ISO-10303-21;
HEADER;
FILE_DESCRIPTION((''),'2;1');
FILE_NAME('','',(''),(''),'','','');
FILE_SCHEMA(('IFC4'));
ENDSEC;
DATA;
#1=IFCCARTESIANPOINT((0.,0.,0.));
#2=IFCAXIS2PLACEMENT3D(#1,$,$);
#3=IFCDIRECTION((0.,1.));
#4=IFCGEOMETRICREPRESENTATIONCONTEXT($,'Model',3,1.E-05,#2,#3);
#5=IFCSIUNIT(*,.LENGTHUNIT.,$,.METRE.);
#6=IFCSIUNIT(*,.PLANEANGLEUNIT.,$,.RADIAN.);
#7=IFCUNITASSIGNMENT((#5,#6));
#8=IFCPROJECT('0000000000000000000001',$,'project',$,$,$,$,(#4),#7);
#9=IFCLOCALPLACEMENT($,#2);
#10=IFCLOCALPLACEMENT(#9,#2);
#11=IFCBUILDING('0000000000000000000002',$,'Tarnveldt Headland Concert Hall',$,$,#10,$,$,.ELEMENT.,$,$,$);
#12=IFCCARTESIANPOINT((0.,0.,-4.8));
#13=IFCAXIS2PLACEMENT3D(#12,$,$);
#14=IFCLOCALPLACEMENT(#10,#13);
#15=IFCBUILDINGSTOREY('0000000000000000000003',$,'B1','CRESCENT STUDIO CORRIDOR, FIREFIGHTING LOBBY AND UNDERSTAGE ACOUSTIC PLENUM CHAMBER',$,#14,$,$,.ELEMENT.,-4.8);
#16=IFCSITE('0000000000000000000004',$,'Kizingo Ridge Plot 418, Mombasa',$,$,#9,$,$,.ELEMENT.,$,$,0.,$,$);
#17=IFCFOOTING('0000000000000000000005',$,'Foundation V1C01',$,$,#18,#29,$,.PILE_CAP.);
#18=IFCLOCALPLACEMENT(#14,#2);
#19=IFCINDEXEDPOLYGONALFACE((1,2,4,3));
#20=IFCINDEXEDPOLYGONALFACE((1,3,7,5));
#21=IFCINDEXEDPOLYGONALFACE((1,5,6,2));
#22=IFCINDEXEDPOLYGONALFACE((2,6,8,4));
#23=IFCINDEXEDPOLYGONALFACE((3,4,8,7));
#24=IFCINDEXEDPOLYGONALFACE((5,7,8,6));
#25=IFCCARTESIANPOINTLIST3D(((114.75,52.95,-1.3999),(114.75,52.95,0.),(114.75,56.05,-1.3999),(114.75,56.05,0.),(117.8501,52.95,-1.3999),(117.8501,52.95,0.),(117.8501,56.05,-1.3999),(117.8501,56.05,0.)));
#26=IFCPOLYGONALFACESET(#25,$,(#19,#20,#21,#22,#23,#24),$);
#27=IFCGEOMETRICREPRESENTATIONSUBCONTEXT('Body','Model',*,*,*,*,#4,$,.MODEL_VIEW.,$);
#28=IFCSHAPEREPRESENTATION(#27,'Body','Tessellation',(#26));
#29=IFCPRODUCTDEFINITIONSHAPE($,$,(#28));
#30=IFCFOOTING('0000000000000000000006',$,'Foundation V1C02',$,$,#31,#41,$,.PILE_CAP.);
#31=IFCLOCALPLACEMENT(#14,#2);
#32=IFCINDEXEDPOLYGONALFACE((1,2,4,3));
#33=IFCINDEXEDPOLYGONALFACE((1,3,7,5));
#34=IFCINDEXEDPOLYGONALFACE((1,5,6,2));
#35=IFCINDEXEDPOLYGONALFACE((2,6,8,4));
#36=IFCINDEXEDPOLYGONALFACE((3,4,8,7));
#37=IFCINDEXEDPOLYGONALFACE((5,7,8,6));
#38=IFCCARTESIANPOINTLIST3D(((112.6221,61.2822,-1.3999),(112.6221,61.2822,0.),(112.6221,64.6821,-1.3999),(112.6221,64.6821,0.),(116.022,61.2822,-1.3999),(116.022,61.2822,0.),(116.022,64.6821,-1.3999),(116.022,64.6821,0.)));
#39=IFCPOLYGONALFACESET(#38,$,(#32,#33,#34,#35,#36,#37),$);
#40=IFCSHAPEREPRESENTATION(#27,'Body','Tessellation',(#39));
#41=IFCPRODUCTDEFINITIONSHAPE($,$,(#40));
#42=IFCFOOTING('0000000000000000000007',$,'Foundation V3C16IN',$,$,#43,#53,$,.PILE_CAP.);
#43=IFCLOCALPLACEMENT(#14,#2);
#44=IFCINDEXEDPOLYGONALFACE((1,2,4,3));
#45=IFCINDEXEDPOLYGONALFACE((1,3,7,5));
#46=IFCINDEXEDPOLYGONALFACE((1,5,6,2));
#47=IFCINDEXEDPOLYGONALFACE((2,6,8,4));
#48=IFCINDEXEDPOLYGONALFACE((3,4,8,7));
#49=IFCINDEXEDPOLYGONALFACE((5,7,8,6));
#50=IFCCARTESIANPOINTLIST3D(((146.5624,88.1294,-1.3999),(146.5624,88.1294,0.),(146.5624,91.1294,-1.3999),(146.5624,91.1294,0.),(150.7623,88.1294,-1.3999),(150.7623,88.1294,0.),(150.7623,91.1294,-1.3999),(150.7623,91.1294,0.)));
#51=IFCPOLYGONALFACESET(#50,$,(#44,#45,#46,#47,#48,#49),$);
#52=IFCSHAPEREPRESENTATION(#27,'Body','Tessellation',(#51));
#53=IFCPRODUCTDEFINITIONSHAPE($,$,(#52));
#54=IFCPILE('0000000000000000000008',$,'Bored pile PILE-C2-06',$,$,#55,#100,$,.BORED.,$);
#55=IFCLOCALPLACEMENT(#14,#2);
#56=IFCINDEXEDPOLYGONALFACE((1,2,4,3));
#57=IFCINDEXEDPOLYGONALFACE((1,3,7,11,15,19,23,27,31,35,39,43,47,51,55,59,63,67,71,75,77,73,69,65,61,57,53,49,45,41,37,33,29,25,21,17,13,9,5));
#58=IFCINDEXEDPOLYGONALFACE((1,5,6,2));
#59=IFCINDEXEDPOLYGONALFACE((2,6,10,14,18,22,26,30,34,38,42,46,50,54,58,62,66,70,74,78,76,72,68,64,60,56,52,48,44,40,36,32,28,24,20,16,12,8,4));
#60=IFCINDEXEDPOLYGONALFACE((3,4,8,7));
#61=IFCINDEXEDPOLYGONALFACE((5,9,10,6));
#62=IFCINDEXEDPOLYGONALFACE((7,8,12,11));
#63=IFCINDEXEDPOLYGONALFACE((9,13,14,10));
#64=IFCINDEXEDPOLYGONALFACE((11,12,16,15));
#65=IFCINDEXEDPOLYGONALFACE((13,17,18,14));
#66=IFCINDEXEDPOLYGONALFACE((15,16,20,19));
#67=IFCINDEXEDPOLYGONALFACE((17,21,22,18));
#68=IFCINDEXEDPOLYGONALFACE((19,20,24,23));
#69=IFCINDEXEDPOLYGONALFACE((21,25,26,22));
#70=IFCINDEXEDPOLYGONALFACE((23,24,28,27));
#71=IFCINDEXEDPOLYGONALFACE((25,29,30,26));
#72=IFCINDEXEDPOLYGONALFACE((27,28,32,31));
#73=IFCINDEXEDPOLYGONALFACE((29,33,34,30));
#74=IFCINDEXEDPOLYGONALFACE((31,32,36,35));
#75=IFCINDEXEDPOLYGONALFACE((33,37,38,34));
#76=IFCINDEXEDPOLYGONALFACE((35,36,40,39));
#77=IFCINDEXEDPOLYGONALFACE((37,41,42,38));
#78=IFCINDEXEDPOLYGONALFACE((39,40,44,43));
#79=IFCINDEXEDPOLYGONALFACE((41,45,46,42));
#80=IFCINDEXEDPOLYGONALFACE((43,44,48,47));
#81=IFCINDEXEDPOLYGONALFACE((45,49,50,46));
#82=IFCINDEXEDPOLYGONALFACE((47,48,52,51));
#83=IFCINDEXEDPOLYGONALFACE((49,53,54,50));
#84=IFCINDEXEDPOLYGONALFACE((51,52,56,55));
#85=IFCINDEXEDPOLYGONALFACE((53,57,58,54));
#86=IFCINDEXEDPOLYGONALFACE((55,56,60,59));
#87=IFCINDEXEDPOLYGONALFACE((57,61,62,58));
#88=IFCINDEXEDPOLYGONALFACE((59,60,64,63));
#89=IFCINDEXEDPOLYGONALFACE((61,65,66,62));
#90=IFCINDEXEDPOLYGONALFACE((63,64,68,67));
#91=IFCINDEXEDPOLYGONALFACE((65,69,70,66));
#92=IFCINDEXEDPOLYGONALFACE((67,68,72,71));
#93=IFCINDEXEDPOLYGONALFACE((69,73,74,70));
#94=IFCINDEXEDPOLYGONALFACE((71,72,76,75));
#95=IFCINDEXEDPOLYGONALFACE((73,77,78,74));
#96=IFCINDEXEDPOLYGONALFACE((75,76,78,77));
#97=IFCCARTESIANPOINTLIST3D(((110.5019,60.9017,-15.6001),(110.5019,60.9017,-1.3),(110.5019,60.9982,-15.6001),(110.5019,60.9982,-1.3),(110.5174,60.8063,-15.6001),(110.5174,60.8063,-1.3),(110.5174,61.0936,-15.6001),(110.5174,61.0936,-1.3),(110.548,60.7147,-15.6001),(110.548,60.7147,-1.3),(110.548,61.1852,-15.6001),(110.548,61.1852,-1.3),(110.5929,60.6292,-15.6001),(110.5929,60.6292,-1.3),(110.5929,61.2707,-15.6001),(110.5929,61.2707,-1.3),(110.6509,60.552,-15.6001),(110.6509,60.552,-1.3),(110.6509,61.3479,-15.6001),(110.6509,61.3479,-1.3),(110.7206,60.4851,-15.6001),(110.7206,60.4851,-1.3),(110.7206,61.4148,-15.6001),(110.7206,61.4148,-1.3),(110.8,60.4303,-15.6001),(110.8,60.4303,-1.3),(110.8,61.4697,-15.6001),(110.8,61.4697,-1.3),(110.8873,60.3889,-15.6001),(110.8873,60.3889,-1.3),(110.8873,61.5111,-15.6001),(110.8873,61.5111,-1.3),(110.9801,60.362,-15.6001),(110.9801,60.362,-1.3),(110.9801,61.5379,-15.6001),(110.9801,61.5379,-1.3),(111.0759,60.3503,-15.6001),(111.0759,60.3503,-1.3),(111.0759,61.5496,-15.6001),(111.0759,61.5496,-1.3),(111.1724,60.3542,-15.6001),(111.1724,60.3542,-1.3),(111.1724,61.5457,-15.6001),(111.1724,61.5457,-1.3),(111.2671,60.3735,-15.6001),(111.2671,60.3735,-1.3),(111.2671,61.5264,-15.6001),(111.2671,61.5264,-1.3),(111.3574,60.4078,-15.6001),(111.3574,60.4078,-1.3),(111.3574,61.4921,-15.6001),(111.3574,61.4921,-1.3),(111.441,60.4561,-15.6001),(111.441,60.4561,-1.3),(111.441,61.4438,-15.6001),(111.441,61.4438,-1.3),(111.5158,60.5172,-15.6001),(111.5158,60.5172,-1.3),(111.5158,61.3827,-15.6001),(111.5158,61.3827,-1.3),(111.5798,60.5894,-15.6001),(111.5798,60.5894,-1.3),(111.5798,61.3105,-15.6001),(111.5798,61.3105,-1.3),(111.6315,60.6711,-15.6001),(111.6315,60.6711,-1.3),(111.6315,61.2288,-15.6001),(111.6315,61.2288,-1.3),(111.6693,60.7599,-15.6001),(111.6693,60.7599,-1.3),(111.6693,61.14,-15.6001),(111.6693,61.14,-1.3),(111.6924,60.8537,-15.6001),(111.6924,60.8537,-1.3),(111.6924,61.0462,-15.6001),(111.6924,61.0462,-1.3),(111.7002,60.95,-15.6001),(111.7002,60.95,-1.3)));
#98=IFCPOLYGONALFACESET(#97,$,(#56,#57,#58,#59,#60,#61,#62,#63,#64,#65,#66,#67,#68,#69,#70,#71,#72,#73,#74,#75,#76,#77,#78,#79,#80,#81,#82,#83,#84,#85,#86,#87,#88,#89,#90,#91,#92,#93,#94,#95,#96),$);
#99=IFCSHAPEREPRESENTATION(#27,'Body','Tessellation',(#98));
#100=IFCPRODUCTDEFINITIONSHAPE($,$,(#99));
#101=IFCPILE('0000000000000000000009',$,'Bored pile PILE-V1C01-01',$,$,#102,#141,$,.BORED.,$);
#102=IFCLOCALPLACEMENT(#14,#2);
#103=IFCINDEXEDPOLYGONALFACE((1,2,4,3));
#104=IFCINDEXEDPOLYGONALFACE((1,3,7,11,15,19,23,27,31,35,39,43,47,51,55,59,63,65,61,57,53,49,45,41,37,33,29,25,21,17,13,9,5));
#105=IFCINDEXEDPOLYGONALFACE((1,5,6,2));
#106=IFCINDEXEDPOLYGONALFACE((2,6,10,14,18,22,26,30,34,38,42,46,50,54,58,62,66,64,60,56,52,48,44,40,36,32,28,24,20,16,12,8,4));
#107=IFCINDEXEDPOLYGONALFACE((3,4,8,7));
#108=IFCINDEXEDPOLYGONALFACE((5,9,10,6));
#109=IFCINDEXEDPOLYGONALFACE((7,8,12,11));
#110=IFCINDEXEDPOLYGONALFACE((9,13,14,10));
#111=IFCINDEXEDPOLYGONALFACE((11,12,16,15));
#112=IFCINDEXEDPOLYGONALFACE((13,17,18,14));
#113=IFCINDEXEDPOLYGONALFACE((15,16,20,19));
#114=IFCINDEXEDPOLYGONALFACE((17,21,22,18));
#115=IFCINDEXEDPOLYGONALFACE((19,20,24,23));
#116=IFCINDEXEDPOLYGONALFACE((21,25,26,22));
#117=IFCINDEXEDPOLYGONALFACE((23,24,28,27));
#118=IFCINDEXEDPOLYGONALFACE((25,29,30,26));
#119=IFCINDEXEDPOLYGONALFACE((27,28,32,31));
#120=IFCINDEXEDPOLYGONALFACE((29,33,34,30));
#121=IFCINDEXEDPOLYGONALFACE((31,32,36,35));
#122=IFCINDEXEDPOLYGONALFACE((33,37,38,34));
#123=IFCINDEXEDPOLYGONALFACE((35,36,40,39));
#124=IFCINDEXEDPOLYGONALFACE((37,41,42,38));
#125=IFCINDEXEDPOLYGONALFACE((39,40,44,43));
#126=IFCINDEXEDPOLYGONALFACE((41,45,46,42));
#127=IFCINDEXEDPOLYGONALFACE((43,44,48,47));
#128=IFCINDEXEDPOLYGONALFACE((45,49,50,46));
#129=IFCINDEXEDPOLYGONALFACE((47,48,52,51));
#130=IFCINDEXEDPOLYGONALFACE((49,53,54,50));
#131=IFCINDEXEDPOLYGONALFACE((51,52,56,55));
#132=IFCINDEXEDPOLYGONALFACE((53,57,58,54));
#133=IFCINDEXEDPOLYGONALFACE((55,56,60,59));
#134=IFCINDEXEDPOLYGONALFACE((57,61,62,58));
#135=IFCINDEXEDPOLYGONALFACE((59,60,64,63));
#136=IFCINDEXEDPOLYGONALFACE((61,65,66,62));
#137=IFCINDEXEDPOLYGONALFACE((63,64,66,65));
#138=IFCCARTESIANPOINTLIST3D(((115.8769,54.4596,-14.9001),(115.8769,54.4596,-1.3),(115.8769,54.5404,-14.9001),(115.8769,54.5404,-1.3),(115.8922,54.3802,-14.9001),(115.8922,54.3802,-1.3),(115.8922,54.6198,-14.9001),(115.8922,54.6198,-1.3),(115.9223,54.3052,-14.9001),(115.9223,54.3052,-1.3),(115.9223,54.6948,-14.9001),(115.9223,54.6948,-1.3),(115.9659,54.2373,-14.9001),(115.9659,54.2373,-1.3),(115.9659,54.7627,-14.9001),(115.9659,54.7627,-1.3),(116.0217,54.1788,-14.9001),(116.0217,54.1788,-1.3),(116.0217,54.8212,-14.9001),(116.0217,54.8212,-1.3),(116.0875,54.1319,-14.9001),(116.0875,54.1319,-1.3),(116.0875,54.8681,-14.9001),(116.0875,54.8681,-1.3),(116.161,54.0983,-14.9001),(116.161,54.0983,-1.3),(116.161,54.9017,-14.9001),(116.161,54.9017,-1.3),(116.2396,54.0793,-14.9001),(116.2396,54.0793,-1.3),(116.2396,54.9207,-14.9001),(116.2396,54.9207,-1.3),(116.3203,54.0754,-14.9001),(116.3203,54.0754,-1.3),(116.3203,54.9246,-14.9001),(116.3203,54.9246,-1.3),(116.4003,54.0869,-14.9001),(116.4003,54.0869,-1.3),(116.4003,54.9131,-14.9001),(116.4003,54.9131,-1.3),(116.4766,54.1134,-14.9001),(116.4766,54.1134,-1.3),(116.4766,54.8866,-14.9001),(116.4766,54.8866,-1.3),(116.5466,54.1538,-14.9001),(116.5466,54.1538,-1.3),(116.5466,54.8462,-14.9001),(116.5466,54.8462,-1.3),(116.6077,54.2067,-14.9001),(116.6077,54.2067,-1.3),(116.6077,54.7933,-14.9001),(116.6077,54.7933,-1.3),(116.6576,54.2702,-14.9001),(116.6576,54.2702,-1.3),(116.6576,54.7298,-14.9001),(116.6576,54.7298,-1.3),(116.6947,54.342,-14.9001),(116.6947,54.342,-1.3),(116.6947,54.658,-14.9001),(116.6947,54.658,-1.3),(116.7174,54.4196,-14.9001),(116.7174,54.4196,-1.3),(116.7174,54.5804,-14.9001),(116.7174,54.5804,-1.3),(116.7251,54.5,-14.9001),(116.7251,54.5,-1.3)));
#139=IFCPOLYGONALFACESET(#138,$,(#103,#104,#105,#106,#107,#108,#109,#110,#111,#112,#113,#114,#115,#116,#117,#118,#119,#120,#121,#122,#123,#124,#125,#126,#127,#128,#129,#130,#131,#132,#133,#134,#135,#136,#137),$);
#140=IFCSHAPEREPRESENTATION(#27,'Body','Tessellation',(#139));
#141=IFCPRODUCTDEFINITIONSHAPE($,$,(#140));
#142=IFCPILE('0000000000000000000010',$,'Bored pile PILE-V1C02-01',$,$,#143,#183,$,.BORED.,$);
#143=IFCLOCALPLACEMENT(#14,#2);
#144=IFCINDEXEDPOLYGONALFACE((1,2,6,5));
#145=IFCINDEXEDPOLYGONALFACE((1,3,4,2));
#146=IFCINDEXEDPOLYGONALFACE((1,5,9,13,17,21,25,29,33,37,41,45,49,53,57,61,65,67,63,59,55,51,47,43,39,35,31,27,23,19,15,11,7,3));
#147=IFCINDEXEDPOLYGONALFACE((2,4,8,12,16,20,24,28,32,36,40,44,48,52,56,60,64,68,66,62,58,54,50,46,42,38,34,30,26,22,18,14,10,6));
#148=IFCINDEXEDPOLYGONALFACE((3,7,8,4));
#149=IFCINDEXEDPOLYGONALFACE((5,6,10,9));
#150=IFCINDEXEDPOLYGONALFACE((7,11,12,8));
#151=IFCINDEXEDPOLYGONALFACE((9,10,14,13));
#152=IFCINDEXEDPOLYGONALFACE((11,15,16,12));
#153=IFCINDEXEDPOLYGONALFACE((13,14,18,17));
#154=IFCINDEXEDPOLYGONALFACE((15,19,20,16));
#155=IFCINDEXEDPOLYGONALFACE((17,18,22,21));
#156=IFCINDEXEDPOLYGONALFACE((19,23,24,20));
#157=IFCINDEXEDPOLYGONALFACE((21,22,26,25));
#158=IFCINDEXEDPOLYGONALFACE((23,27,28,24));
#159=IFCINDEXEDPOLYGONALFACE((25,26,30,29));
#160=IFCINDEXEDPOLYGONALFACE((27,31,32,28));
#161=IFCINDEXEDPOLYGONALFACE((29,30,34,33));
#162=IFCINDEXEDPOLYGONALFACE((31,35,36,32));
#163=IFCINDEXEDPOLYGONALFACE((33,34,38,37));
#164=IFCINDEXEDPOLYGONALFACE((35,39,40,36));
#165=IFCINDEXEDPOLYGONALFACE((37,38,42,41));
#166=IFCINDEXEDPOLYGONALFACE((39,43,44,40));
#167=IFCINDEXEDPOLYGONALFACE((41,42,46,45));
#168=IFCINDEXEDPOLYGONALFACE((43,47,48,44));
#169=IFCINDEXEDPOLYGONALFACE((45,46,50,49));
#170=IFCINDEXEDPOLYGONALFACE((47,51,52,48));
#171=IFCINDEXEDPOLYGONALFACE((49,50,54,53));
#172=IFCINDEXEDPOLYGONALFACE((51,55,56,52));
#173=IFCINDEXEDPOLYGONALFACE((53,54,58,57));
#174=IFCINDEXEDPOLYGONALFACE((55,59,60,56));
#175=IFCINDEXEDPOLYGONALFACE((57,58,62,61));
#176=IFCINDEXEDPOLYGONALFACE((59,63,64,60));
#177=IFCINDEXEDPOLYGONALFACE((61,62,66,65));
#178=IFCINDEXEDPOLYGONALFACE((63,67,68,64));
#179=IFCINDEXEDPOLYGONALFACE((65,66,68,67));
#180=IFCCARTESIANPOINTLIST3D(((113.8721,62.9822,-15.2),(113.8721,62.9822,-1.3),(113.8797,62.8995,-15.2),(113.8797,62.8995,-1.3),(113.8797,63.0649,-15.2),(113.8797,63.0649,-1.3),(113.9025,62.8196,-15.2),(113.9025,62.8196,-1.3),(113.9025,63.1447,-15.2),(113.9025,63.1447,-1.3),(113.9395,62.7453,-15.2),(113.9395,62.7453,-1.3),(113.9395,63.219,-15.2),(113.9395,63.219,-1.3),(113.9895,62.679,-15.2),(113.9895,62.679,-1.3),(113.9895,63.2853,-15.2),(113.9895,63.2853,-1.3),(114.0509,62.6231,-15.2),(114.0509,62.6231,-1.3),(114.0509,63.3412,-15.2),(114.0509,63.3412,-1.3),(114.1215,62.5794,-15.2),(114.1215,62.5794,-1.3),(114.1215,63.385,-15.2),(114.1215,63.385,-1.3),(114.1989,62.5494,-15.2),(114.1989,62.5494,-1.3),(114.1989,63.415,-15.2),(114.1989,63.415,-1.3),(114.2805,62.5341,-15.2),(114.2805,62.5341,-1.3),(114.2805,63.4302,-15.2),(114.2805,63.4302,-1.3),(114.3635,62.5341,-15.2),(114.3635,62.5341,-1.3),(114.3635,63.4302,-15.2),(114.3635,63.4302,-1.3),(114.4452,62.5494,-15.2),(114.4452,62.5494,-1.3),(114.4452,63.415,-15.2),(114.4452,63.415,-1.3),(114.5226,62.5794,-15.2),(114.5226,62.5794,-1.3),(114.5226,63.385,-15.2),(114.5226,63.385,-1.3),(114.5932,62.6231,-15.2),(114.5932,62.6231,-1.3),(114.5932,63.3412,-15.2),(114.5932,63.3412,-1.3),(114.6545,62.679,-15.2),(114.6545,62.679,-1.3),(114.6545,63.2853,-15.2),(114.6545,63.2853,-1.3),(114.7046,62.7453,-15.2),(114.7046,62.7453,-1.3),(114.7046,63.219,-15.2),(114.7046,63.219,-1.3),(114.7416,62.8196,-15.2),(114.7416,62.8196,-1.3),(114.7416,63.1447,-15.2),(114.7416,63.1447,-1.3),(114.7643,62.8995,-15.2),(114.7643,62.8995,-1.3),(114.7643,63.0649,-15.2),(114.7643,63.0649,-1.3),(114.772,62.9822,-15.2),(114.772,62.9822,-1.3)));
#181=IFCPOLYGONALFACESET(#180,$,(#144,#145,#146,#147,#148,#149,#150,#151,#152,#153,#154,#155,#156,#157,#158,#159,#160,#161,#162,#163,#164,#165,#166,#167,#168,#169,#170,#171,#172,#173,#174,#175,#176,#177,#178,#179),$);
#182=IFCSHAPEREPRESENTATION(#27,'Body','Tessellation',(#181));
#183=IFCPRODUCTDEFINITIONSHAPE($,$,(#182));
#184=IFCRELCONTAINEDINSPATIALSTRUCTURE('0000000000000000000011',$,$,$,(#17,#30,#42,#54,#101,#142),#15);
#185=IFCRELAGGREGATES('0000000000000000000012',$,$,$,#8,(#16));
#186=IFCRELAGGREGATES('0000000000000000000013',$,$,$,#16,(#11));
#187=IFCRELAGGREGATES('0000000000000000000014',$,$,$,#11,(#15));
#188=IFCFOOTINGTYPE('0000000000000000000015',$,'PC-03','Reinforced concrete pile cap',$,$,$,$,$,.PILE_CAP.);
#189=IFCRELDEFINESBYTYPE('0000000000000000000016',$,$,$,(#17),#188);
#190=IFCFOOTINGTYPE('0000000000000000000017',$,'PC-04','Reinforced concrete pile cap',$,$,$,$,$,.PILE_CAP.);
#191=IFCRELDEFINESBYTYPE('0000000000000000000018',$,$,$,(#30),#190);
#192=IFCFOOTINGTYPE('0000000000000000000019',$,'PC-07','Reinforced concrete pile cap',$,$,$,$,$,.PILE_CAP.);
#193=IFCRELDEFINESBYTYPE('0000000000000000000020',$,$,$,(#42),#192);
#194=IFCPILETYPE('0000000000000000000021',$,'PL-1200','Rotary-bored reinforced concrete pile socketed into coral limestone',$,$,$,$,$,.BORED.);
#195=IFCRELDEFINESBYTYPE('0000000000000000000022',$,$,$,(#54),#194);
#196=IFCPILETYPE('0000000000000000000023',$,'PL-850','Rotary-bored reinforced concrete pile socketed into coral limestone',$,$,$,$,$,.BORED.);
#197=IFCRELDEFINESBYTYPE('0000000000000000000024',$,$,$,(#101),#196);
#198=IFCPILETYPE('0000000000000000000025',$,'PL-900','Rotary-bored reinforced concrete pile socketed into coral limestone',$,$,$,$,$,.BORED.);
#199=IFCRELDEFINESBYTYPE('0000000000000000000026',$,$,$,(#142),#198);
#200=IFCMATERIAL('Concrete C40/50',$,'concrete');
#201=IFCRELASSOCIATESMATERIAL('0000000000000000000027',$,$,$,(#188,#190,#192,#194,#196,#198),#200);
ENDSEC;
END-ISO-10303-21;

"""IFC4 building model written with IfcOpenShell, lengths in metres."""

from ifc_helpers import new_model, si_unit, direction, frame, origin, origin_2d, place, context, subcontext, project, spatial, rectangle, circle, extrude, material, material_profile, profile_set, type_object, element, save


model = new_model("IFC4")

# Units and contexts
model_context = context("Model", 3, precision=1e-05, world=origin(), true_north=direction((0.0, 1.0)))
body_context = subcontext(model_context, "Body", "Model", "MODEL_VIEW")
ifc_project = project(units=[si_unit("LENGTHUNIT", "METRE"), si_unit("PLANEANGLEUNIT", "RADIAN")], contexts=[model_context])

# Site, building, storey
site_placement = place(None, origin())
site = spatial("IfcSite", under=ifc_project, at=site_placement, Name="Kizingo Ridge Plot 418, Mombasa", CompositionType="ELEMENT", RefElevation=0.0)
building_placement = place(site_placement, origin())
building = spatial("IfcBuilding", under=site, at=building_placement, Name="Tarnveldt Headland Concert Hall", CompositionType="ELEMENT")
storey_placement = place(building_placement, frame((0.0, 0.0, -4.8)))
storey = spatial("IfcBuildingStorey", under=building, at=storey_placement, Name="B1", Description="CRESCENT STUDIO CORRIDOR, FIREFIGHTING LOBBY AND UNDERSTAGE ACOUSTIC PLENUM CHAMBER", CompositionType="ELEMENT", Elevation=-4.8)

# Footings
ifc_material_1 = material(Name="Concrete C40/50", Category="concrete")
footing_type_1 = type_object("IfcFootingType", Name="PC-03", Description="Reinforced concrete pile cap", PredefinedType="PILE_CAP", material=ifc_material_1)
footing_1_placement = place(storey_placement, frame((116.3, 54.5, -1.3999), z_axis=(0.0, 0.0, 1.0), x_axis=(1.0, 0.0, 0.0)))
element("IfcFooting", 1, at=footing_1_placement, inside=storey, type_object=footing_type_1, Name="Foundation V1C01", PredefinedType="PILE_CAP", context=body_context, shape_type="SweptSolid", body=[
    extrude(rectangle(XDim=3.1001, YDim=3.1001, at=origin_2d()), origin(), (0.0, 0.0, 1.0), 1.3999),
])
footing_type_2 = type_object("IfcFootingType", Name="PC-04", Description="Reinforced concrete pile cap", PredefinedType="PILE_CAP", material=ifc_material_1)
footing_2_placement = place(storey_placement, frame((114.322, 62.9822, -1.3999), z_axis=(0.0, 0.0, 1.0), x_axis=(1.0, 0.0, 0.0)))
element("IfcFooting", 2, at=footing_2_placement, inside=storey, type_object=footing_type_2, Name="Foundation V1C02", PredefinedType="PILE_CAP", context=body_context, shape_type="SweptSolid", body=[
    extrude(rectangle(XDim=3.3999, YDim=3.3999, at=origin_2d()), origin(), (0.0, 0.0, 1.0), 1.3999),
])
footing_type_3 = type_object("IfcFootingType", Name="PC-07", Description="Reinforced concrete pile cap", PredefinedType="PILE_CAP", material=ifc_material_1)
footing_3_placement = place(storey_placement, frame((148.6624, 89.6294, -1.3999), z_axis=(0.0, 0.0, 1.0), x_axis=(1.0, 0.0, 0.0)))
element("IfcFooting", 3, at=footing_3_placement, inside=storey, type_object=footing_type_3, Name="Foundation V3C16IN", PredefinedType="PILE_CAP", context=body_context, shape_type="SweptSolid", body=[
    extrude(rectangle(XDim=4.2, YDim=3.0, at=origin_2d()), origin(), (0.0, 0.0, 1.0), 1.3999),
])

# Piles
ifc_material_profile_1 = material_profile(ifc_material_1, circle(Radius=0.6001, at=origin_2d()), Name="BORED PILE D1200", Category="concrete")
ifc_profile_set_1 = profile_set([ifc_material_profile_1], Name="Concrete C40/50")
pile_type_1 = type_object("IfcPileType", Name="PL-1200", Description="Rotary-bored reinforced concrete pile socketed into coral limestone", PredefinedType="BORED", material=ifc_profile_set_1)
pile_1_placement = place(storey_placement, frame((111.1001, 60.95, -1.3), z_axis=(0.0, 0.0, -1.0), x_axis=(1.0, 0.0, 0.0)))
element("IfcPile", 4, at=pile_1_placement, inside=storey, type_object=pile_type_1, Name="Bored pile PILE-C2-06", PredefinedType="BORED", context=body_context, shape_type="SweptSolid", body=[
    extrude(circle(Radius=0.6001, at=origin_2d()), origin(), (0.0, 0.0, 1.0), 14.3),
])
ifc_material_profile_2 = material_profile(ifc_material_1, circle(Radius=0.425, at=origin_2d()), Name="BORED PILE D850", Category="concrete")
ifc_profile_set_2 = profile_set([ifc_material_profile_2], Name="Concrete C40/50")
pile_type_2 = type_object("IfcPileType", Name="PL-850", Description="Rotary-bored reinforced concrete pile socketed into coral limestone", PredefinedType="BORED", material=ifc_profile_set_2)
pile_2_placement = place(storey_placement, frame((116.3, 54.5, -1.3), z_axis=(0.0, 0.0, -1.0), x_axis=(1.0, 0.0, 0.0)))
element("IfcPile", 5, at=pile_2_placement, inside=storey, type_object=pile_type_2, Name="Bored pile PILE-V1C01-01", PredefinedType="BORED", context=body_context, shape_type="SweptSolid", body=[
    extrude(circle(Radius=0.425, at=origin_2d()), origin(), (0.0, 0.0, 1.0), 13.6001),
])
ifc_material_profile_3 = material_profile(ifc_material_1, circle(Radius=0.45, at=origin_2d()), Name="BORED PILE D900", Category="concrete")
ifc_profile_set_3 = profile_set([ifc_material_profile_3], Name="Concrete C40/50")
pile_type_3 = type_object("IfcPileType", Name="PL-900", Description="Rotary-bored reinforced concrete pile socketed into coral limestone", PredefinedType="BORED", material=ifc_profile_set_3)
pile_3_placement = place(storey_placement, frame((114.322, 62.9822, -1.3), z_axis=(0.0, 0.0, -1.0), x_axis=(1.0, 0.0, 0.0)))
element("IfcPile", 6, at=pile_3_placement, inside=storey, type_object=pile_type_3, Name="Bored pile PILE-V1C02-01", PredefinedType="BORED", context=body_context, shape_type="SweptSolid", body=[
    extrude(circle(Radius=0.45, at=origin_2d()), origin(), (0.0, 0.0, 1.0), 13.8999),
])

save(model, "model.ifc")
